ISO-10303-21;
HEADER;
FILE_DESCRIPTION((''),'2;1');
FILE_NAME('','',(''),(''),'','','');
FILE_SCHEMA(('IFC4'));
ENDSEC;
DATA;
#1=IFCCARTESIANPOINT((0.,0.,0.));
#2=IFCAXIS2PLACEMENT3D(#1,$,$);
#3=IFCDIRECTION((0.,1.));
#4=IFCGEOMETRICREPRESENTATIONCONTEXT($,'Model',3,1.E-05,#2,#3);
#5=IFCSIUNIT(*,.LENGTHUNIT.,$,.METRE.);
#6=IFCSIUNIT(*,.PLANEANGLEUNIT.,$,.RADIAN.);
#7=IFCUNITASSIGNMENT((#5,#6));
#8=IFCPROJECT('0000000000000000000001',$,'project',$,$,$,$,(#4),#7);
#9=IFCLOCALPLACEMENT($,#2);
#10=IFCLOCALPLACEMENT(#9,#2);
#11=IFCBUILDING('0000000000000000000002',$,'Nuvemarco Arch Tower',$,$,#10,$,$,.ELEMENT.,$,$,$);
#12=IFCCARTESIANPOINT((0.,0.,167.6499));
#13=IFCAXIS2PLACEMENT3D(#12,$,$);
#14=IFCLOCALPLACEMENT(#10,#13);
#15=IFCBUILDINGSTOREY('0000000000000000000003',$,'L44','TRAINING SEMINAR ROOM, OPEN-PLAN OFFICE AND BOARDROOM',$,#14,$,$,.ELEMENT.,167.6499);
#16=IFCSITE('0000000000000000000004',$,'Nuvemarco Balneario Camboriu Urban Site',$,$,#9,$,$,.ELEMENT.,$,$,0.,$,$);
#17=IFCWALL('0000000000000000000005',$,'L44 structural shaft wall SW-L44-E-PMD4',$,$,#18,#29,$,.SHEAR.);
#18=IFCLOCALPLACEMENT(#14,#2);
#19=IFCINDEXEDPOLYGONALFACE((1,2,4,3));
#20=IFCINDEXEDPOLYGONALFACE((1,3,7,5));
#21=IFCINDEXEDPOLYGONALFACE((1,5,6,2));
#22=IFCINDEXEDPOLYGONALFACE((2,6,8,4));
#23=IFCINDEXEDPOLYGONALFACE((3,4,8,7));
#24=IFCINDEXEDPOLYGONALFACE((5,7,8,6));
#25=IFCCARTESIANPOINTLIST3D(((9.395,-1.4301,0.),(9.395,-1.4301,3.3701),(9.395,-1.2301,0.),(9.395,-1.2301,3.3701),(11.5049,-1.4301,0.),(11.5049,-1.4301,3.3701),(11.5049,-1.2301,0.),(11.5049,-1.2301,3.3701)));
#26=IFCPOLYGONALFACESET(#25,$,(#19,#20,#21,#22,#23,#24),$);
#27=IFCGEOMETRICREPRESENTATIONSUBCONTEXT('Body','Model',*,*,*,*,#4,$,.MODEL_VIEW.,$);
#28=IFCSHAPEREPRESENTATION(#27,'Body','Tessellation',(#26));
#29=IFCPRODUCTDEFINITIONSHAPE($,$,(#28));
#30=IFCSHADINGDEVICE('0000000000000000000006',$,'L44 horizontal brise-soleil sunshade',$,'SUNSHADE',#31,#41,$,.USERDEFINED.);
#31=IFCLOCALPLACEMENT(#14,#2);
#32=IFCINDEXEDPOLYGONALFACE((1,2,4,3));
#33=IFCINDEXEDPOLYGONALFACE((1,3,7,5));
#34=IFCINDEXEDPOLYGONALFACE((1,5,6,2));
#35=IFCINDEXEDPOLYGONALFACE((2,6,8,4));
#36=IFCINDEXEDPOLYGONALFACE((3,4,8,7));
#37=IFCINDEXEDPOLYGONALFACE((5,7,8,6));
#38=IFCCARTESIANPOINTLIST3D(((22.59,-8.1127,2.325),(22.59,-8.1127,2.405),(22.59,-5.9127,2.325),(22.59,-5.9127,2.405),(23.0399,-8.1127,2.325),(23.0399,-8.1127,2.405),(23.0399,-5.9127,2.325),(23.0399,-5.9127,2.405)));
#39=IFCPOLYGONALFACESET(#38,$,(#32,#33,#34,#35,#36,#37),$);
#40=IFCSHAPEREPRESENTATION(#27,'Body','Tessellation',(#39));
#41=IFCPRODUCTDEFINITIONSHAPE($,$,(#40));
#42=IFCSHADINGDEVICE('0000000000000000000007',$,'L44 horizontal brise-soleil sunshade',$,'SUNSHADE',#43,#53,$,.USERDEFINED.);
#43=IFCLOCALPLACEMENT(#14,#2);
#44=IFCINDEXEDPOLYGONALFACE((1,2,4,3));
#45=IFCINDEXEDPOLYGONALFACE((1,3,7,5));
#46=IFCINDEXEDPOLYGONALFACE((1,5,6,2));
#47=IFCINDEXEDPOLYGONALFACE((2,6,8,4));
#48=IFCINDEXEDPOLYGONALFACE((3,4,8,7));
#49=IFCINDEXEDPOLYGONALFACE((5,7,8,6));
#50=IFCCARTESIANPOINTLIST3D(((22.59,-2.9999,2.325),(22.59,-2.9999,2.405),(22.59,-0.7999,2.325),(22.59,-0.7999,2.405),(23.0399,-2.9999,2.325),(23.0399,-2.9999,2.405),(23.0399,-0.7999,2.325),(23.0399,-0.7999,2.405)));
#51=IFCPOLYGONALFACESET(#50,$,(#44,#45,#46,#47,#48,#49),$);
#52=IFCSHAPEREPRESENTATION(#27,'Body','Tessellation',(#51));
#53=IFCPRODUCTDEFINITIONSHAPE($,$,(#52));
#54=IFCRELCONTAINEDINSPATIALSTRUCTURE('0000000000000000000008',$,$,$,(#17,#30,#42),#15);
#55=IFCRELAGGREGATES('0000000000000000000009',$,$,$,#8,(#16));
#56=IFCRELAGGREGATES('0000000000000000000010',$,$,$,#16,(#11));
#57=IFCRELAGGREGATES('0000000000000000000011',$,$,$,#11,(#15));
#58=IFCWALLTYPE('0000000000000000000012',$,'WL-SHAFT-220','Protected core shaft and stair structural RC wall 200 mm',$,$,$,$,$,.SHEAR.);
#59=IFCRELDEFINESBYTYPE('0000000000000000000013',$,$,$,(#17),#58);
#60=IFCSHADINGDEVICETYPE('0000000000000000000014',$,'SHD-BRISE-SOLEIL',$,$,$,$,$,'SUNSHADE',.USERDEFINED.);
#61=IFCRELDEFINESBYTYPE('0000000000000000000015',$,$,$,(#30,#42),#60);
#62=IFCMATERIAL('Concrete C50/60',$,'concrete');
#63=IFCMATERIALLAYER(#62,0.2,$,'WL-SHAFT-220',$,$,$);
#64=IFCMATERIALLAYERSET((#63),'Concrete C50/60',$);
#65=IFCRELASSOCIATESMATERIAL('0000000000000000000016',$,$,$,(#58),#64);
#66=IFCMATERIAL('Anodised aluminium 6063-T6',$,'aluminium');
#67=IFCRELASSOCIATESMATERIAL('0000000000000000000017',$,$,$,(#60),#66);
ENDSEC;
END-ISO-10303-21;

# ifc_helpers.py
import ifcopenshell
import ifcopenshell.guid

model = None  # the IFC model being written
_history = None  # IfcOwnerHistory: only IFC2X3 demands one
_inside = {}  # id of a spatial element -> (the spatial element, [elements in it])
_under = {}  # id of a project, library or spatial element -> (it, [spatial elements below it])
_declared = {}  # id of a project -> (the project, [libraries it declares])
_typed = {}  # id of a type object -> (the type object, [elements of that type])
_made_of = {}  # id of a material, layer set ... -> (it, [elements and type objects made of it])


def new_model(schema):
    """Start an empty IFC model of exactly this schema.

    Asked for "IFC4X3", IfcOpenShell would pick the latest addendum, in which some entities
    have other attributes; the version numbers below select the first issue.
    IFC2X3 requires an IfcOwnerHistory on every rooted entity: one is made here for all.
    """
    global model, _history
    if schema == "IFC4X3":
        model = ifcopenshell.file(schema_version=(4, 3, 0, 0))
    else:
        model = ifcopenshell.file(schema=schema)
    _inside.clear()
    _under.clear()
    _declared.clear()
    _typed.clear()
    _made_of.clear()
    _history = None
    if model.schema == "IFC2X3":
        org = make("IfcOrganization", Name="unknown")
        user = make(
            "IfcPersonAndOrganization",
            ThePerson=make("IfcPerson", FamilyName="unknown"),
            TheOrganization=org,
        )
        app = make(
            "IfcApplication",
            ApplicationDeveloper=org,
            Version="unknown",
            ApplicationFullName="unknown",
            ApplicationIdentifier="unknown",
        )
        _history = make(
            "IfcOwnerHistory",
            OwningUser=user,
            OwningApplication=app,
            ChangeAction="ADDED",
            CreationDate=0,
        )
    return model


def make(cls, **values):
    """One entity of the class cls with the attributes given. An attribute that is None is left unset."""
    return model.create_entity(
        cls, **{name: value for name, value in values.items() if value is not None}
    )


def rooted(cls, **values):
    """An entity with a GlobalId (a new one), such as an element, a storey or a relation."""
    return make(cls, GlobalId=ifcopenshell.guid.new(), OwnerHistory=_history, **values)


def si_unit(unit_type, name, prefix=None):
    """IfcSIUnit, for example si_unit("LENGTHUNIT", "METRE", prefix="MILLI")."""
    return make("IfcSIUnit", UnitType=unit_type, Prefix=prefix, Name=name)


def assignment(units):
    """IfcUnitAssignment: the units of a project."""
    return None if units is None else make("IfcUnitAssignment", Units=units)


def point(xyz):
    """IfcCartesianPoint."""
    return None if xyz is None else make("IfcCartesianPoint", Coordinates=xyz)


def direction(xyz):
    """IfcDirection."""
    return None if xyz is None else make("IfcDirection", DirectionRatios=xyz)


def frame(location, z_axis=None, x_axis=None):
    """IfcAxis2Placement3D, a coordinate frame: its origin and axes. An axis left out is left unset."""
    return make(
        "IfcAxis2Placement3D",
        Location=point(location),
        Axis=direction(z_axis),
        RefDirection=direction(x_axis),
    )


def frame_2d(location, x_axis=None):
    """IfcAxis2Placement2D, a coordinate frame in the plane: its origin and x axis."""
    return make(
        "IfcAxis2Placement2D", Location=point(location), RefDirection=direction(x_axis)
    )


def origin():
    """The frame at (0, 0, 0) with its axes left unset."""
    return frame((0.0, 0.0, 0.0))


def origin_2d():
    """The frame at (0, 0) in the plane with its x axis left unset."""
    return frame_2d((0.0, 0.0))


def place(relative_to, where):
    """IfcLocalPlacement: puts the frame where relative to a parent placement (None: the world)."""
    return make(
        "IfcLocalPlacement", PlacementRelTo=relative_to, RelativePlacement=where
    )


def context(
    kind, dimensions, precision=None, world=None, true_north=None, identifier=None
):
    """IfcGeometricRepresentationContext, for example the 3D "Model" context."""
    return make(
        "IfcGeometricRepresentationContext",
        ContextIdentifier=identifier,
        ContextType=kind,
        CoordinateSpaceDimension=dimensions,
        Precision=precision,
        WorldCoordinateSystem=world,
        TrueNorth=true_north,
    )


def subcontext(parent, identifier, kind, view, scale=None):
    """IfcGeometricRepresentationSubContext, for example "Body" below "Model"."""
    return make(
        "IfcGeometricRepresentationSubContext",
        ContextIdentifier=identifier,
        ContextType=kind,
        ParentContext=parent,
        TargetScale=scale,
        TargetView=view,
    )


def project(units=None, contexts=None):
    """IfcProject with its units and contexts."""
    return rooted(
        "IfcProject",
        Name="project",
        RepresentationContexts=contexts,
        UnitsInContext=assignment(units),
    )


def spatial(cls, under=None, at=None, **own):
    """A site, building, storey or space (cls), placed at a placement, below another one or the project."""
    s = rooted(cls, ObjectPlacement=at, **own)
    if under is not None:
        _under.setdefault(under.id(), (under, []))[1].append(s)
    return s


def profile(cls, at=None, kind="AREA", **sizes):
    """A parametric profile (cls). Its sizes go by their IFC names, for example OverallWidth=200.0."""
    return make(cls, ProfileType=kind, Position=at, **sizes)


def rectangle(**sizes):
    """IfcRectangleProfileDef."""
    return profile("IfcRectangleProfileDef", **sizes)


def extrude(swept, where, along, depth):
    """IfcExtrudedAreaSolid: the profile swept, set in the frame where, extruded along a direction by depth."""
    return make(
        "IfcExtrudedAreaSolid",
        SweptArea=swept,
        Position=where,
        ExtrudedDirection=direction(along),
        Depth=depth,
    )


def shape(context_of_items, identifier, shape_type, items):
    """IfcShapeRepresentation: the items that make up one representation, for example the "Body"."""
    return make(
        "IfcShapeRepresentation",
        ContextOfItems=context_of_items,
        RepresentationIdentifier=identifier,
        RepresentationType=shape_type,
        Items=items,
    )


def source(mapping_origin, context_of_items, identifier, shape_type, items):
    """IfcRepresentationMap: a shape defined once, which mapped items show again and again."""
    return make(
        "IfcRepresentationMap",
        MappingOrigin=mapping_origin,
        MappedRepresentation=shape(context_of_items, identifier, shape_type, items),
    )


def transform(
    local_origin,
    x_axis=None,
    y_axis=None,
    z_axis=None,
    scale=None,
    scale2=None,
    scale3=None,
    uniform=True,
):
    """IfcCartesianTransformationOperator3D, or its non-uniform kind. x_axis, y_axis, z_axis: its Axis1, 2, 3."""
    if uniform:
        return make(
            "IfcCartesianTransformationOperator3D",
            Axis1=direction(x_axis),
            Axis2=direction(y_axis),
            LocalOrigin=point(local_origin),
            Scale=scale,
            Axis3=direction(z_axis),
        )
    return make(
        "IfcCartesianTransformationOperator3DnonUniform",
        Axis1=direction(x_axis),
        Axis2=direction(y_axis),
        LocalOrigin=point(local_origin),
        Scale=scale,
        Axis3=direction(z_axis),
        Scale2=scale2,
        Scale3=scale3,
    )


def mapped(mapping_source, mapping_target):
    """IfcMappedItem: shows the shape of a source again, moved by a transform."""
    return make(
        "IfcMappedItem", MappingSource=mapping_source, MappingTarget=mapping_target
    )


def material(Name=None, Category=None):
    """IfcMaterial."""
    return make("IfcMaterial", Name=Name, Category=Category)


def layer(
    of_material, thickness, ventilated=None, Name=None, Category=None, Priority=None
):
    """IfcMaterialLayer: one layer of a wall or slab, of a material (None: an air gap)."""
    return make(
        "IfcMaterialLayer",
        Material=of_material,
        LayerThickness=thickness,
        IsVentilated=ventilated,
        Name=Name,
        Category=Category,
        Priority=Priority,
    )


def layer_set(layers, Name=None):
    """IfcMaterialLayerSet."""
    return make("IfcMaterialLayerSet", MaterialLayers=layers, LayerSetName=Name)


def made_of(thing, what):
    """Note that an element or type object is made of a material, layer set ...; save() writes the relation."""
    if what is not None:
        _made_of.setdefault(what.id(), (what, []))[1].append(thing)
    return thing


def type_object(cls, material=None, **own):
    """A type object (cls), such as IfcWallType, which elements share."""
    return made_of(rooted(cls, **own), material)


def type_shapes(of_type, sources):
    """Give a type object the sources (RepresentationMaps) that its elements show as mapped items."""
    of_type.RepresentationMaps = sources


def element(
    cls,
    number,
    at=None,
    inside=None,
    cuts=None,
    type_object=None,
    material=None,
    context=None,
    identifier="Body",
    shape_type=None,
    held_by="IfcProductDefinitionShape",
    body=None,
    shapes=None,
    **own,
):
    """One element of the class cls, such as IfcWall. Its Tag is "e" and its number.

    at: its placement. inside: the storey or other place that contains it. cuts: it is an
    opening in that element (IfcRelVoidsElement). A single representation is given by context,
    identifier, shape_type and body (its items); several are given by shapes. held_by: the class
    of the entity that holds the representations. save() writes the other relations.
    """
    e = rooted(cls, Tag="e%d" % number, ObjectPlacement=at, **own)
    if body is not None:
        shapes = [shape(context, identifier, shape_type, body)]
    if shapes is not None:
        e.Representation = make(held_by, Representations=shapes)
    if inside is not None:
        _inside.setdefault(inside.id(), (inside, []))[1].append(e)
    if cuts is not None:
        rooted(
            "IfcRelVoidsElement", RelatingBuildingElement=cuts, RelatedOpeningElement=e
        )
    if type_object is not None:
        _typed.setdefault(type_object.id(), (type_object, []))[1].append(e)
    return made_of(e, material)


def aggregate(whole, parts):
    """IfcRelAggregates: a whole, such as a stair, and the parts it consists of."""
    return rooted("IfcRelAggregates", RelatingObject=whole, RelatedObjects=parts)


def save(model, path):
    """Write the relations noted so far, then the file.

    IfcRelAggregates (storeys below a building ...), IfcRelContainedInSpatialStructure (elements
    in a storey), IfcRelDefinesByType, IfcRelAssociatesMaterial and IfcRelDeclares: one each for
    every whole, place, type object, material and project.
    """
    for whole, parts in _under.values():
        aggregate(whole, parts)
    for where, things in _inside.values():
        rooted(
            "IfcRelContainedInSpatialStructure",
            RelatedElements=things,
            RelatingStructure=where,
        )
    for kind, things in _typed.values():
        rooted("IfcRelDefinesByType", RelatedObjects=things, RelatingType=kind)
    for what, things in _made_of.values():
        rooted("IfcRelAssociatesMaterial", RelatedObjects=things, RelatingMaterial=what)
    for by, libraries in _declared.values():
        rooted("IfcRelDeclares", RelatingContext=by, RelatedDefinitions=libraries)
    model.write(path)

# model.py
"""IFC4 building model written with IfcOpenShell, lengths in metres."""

from ifc_helpers import new_model, si_unit, direction, frame, frame_2d, origin, origin_2d, place, context, subcontext, project, spatial, rectangle, extrude, source, transform, mapped, material, layer, layer_set, type_object, type_shapes, element, save


model = new_model("IFC4")

# Units and contexts
model_context = context("Model", 3, precision=1e-05, world=origin(), true_north=direction((0.0, 1.0)))
body_context = subcontext(model_context, "Body", "Model", "MODEL_VIEW")
ifc_project = project(units=[si_unit("LENGTHUNIT", "METRE"), si_unit("PLANEANGLEUNIT", "RADIAN")], contexts=[model_context])

# Site, building, storey
site_placement = place(None, origin())
site = spatial("IfcSite", under=ifc_project, at=site_placement, Name="Nuvemarco Balneario Camboriu Urban Site", CompositionType="ELEMENT", RefElevation=0.0)
building_placement = place(site_placement, origin())
building = spatial("IfcBuilding", under=site, at=building_placement, Name="Nuvemarco Arch Tower", CompositionType="ELEMENT")
storey_placement = place(building_placement, frame((0.0, 0.0, 167.6499)))
storey = spatial("IfcBuildingStorey", under=building, at=storey_placement, Name="L44", Description="TRAINING SEMINAR ROOM, OPEN-PLAN OFFICE AND BOARDROOM", CompositionType="ELEMENT", Elevation=167.6499)

# Shared definitions
ifc_material_1 = material(Name="Concrete C50/60", Category="concrete")

# Shared definitions
ifc_layer_1 = layer(ifc_material_1, 0.2, Name="WL-SHAFT-220")
ifc_layer_set_1 = layer_set([ifc_layer_1], Name="Concrete C50/60")
wall_type_1 = type_object("IfcWallType", Name="WL-SHAFT-220", Description="Protected core shaft and stair structural RC wall 200 mm", PredefinedType="SHEAR", material=ifc_layer_set_1)

# Wall
wall_1_placement = place(storey_placement, frame((9.395, -1.3301, 0.0), z_axis=(0.0, 0.0, 1.0), x_axis=(1.0, 0.0, 0.0)))
element("IfcWall", 1, at=wall_1_placement, inside=storey, type_object=wall_type_1, Name="L44 structural shaft wall SW-L44-E-PMD4", PredefinedType="SHEAR", context=body_context, shape_type="SweptSolid", body=[
    extrude(rectangle(XDim=2.1099, YDim=0.2, at=frame_2d((1.0549, 0.0))), origin(), (0.0, 0.0, 1.0), 3.3701),
])

# Shading devices
ifc_material_2 = material(Name="Anodised aluminium 6063-T6", Category="aluminium")
shading_device_type = type_object("IfcShadingDeviceType", Name="SHD-BRISE-SOLEIL", ElementType="SUNSHADE", PredefinedType="USERDEFINED", material=ifc_material_2)
shared_shape_1 = source(origin(), body_context, "Body", "SweptSolid", [
    extrude(rectangle(XDim=2.2, YDim=0.45, at=origin_2d()), origin(), (0.0, 0.0, 1.0), 0.0801),
])
type_shapes(shading_device_type, [shared_shape_1])
for number, where, z_axis, x_axis, name in (
    (2, (22.8149, -7.0127, 2.325), (0.0, 0.0, 1.0), (0.0, 1.0, 0.0), "L44 horizontal brise-soleil sunshade"),
    (3, (22.8149, -1.8999, 2.325), (0.0, 0.0, 1.0), (0.0, 1.0, 0.0), "L44 horizontal brise-soleil sunshade"),
):
    element("IfcShadingDevice", number, at=place(storey_placement, frame(where, z_axis=z_axis, x_axis=x_axis)), inside=storey, type_object=shading_device_type, Name=name, ObjectType="SUNSHADE", PredefinedType="USERDEFINED", context=body_context, shape_type="MappedRepresentation", body=[
        mapped(shared_shape_1, transform((0.0, 0.0, 0.0), scale=1.0)),
    ])

save(model, "model.ifc")
